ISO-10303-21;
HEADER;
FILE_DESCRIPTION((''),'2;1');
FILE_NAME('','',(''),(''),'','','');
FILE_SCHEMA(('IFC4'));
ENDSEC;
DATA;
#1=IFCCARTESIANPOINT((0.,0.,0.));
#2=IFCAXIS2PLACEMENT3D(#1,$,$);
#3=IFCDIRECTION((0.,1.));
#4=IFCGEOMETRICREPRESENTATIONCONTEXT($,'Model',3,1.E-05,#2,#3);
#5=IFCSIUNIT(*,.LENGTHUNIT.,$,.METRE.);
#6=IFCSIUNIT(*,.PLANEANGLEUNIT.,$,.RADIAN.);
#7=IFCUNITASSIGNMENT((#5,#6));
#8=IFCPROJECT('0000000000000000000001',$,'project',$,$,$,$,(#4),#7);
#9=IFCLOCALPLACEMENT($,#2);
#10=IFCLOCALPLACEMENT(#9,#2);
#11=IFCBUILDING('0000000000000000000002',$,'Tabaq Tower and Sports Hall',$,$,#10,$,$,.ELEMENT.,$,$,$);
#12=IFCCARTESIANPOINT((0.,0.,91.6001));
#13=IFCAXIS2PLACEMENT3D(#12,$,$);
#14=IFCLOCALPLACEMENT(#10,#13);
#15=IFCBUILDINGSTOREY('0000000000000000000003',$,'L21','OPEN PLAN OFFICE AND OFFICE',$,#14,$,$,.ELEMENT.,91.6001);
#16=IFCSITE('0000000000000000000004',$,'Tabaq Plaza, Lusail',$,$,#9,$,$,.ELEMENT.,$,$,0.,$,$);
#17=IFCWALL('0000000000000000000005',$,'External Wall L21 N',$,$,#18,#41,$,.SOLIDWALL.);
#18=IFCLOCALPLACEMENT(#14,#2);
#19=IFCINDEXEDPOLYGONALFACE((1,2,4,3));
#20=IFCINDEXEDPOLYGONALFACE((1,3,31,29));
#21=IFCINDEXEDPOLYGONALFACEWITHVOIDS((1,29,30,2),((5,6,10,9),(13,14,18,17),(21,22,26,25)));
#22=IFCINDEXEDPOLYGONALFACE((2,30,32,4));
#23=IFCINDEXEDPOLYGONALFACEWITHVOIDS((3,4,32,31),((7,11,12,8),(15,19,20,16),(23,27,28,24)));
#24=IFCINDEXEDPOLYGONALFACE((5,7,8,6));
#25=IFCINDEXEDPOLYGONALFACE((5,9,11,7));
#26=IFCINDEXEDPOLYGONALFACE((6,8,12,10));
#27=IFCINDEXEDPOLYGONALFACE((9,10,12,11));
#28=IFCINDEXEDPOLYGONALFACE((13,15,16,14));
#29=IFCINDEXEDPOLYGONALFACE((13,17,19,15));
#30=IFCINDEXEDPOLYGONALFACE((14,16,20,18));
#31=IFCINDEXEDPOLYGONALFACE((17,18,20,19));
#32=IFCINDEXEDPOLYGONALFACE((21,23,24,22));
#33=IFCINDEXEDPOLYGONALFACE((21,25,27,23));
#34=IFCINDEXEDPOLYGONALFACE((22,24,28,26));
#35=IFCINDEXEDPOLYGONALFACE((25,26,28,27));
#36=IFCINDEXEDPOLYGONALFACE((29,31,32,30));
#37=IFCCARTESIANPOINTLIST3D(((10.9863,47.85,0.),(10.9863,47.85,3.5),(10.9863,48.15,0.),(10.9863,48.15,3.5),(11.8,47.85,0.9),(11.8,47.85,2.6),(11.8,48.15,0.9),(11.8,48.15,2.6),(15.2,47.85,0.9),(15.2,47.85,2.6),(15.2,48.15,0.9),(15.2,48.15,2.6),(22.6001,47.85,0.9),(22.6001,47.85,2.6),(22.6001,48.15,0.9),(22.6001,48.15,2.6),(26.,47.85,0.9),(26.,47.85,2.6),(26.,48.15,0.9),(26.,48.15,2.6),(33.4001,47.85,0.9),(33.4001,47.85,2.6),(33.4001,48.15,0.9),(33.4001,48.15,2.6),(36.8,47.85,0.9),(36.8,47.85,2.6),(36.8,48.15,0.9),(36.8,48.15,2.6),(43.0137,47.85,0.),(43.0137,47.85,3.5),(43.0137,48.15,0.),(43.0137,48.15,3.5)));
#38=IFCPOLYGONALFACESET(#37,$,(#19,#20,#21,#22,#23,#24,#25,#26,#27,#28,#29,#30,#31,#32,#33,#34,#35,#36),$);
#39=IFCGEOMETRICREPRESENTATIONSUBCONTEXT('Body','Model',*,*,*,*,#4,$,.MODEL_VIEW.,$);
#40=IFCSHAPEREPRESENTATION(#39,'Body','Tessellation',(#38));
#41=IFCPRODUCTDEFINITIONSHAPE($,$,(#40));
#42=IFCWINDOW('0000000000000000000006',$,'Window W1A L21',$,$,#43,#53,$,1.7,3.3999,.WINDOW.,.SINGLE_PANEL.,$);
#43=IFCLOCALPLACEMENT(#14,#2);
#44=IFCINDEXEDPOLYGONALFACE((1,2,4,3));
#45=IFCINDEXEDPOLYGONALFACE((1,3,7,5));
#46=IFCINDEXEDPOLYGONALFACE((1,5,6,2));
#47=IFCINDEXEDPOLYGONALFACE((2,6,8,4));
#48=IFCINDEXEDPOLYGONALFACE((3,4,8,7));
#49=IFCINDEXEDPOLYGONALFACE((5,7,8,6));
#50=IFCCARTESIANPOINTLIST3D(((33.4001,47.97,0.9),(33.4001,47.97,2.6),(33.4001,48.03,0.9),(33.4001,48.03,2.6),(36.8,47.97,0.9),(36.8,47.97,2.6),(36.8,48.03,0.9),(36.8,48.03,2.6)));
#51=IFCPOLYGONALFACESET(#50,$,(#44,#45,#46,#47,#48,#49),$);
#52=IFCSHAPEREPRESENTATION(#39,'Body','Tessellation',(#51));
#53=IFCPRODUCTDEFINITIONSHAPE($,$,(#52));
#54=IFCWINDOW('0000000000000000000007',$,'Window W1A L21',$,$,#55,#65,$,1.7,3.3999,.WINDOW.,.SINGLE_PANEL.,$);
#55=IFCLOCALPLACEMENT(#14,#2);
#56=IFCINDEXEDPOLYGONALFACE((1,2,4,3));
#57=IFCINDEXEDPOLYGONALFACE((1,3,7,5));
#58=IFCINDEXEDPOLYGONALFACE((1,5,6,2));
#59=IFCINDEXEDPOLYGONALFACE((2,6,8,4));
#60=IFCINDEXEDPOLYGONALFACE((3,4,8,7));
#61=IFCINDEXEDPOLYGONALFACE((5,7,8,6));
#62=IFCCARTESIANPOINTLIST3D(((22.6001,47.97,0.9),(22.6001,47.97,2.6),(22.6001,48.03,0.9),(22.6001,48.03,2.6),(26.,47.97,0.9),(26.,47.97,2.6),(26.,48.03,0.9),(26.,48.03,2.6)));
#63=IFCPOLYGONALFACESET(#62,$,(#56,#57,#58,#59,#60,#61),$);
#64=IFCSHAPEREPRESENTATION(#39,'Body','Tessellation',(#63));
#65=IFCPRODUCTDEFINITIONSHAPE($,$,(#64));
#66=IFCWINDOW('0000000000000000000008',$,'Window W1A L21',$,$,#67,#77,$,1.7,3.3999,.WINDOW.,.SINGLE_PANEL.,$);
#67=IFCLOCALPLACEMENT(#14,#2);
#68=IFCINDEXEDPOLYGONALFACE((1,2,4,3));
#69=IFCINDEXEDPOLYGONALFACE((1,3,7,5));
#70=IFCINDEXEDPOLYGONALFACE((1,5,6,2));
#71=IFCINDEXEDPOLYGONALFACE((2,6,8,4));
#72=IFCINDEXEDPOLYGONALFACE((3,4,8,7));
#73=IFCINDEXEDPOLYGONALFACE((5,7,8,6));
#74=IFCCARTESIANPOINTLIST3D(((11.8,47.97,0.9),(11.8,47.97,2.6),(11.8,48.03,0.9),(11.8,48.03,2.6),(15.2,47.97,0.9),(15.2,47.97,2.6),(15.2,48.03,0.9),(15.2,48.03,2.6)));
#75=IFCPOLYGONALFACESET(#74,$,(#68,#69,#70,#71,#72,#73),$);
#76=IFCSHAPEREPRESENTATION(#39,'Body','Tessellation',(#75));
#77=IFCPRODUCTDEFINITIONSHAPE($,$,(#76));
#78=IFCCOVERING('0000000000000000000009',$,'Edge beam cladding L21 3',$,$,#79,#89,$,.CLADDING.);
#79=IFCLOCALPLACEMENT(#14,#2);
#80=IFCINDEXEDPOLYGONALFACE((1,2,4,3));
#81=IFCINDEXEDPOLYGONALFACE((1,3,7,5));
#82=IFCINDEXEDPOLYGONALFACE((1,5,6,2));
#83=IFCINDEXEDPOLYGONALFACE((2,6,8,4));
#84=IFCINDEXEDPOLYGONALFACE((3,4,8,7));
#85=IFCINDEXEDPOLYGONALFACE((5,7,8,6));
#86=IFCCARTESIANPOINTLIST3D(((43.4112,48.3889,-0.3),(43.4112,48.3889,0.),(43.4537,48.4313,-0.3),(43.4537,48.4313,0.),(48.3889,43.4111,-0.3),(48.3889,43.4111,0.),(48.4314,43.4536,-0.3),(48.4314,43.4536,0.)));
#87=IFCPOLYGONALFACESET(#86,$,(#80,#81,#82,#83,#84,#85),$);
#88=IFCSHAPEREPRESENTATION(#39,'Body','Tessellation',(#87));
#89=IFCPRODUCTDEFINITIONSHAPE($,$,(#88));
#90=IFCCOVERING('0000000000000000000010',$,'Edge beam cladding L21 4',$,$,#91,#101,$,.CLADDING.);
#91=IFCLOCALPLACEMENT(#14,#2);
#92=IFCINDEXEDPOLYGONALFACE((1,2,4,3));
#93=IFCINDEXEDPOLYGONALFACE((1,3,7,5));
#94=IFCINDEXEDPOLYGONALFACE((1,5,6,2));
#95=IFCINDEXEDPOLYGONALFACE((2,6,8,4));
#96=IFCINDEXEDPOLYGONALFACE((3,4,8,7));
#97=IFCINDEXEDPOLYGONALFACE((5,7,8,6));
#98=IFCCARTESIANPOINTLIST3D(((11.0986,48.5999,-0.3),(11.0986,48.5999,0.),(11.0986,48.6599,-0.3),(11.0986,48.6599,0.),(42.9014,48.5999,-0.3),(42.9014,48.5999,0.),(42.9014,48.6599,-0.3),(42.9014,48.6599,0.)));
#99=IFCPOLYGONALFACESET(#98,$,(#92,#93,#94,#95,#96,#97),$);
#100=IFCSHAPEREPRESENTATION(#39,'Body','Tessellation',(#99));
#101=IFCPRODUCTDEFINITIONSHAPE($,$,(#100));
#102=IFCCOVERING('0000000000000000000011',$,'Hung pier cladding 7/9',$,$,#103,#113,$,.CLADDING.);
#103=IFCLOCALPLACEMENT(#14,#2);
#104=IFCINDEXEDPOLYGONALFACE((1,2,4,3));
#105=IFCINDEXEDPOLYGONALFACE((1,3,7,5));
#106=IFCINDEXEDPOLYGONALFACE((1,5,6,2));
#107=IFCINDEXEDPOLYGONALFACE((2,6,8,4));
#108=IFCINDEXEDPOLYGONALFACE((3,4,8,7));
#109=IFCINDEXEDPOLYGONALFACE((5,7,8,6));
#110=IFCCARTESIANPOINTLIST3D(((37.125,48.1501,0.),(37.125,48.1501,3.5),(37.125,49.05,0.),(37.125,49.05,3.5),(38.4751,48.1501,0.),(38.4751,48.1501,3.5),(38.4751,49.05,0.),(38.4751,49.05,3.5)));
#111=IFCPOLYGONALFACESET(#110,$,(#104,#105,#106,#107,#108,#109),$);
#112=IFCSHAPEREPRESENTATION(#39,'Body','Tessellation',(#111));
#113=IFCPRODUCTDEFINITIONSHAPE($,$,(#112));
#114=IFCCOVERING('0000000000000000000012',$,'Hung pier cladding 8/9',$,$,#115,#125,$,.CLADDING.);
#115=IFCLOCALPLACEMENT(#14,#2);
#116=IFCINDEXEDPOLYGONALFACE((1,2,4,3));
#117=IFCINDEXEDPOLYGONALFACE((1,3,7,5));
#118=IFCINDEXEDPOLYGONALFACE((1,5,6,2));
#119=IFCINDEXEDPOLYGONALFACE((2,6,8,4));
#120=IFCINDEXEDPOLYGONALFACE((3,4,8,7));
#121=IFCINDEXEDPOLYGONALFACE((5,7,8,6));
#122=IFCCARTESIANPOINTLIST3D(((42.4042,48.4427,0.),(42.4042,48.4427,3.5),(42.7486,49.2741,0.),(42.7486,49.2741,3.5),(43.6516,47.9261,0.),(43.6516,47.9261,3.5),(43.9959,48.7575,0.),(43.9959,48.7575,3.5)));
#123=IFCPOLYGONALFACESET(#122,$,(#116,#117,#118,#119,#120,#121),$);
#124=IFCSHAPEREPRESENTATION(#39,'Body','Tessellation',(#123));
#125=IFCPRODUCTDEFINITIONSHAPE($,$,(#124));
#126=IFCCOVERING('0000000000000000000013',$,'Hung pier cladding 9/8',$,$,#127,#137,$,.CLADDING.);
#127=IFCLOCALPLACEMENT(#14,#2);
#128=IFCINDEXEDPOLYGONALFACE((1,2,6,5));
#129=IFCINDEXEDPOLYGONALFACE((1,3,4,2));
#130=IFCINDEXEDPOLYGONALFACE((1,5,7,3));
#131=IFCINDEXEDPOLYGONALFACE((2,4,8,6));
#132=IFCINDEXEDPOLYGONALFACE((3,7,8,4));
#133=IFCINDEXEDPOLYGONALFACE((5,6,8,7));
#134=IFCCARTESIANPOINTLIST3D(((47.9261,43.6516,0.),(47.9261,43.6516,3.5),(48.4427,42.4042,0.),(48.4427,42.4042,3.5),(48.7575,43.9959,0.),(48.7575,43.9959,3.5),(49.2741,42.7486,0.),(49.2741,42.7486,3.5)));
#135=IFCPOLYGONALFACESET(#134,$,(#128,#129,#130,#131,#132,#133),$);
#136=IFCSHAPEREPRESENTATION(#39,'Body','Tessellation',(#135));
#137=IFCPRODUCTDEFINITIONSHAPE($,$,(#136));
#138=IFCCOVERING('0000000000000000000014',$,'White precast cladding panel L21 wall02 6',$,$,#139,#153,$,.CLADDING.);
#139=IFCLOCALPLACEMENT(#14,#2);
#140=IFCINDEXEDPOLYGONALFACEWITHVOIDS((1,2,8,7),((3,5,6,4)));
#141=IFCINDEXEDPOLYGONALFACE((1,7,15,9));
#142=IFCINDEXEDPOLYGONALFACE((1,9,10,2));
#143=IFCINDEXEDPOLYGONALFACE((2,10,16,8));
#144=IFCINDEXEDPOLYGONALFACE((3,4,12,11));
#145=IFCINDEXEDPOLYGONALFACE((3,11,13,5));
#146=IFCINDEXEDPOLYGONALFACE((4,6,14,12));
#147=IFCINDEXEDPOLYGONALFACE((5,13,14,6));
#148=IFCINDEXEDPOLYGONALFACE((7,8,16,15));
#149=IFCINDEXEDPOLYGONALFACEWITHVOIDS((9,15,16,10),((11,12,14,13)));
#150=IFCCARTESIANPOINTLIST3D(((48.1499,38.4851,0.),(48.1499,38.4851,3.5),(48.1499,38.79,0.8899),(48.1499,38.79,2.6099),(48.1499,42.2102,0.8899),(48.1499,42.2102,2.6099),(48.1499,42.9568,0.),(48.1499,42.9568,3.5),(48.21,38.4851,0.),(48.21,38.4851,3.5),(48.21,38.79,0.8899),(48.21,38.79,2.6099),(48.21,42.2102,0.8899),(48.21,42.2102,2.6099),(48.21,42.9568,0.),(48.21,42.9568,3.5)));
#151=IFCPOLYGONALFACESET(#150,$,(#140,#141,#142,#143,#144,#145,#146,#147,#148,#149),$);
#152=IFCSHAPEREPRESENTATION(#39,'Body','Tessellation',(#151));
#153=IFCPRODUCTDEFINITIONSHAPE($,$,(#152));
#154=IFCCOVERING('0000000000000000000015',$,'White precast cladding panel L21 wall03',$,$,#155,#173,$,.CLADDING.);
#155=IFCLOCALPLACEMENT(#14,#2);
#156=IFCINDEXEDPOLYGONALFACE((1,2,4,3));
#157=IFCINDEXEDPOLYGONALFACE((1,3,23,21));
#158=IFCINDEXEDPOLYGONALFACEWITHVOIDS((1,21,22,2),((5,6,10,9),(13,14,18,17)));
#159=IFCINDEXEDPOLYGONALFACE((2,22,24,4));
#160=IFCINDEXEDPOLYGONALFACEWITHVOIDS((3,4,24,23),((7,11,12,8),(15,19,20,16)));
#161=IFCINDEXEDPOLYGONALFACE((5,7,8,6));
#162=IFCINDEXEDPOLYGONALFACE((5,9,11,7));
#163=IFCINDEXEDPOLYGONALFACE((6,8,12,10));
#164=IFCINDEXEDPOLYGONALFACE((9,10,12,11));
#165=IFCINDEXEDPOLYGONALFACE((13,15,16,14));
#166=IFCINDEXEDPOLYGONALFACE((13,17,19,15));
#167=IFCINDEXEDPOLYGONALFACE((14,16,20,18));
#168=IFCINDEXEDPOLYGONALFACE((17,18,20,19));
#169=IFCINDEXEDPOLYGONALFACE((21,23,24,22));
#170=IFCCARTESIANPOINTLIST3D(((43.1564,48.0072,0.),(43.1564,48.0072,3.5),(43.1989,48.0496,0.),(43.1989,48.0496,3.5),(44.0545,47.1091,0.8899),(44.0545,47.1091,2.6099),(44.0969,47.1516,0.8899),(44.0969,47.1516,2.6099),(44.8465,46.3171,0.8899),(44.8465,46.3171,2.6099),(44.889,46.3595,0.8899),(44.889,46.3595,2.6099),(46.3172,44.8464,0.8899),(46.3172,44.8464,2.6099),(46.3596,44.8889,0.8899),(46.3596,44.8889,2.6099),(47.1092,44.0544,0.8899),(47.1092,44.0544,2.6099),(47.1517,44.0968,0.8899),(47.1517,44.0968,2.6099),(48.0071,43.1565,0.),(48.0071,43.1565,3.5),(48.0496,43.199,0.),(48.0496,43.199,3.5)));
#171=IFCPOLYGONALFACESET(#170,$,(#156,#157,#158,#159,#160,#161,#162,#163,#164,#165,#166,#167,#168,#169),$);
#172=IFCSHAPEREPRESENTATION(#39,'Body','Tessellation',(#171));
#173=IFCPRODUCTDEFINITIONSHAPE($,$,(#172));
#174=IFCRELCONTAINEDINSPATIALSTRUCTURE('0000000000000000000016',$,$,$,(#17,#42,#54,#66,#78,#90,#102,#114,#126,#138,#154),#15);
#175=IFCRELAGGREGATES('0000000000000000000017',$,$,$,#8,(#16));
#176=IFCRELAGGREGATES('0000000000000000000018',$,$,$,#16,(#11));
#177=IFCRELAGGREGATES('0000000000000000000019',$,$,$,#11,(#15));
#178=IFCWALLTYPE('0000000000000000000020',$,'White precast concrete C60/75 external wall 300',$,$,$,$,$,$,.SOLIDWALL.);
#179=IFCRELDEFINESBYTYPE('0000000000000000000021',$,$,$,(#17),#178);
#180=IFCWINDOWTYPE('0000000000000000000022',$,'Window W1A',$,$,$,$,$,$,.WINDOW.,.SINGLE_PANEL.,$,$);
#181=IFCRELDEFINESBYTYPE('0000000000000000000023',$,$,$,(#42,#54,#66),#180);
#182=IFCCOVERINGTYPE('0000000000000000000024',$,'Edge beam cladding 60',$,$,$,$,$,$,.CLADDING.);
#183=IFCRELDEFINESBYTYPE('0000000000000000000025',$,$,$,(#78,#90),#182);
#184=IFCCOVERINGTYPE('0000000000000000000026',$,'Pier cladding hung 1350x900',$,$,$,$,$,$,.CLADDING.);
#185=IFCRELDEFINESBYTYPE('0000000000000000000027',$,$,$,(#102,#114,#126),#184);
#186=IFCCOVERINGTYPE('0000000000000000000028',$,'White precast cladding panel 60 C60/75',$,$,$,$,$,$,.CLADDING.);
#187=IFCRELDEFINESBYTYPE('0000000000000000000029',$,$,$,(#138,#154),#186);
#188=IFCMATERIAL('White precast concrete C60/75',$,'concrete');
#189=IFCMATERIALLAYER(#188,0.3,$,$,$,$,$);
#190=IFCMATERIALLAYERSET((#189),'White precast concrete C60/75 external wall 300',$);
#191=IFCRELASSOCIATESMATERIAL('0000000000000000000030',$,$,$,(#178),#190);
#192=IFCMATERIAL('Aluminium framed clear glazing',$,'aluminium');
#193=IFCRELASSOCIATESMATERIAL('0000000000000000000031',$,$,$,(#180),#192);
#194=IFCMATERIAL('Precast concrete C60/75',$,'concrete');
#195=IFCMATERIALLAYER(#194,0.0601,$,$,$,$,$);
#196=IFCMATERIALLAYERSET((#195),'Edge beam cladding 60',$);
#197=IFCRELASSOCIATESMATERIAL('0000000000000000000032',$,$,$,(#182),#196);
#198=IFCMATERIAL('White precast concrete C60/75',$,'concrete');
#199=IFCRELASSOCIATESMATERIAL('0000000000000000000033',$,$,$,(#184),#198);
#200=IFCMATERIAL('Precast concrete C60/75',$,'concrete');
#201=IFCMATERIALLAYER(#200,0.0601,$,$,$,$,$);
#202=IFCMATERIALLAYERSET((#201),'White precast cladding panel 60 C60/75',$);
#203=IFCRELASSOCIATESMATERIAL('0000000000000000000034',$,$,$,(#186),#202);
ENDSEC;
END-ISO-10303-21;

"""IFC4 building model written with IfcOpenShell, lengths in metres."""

from ifc_helpers import new_model, si_unit, direction, frame, frame_2d, origin, place, context, subcontext, project, spatial, polyline, rectangle, outline, extrude, material, layer, layer_set, type_object, element, fill, save


model = new_model("IFC4")

# Units and contexts
model_context = context("Model", 3, precision=1e-05, world=origin(), true_north=direction((0.0, 1.0)))
body_context = subcontext(model_context, "Body", "Model", "MODEL_VIEW")
ifc_project = project(units=[si_unit("LENGTHUNIT", "METRE"), si_unit("PLANEANGLEUNIT", "RADIAN")], contexts=[model_context])

# Site, building, storey
site_placement = place(None, origin())
site = spatial("IfcSite", under=ifc_project, at=site_placement, Name="Tabaq Plaza, Lusail", CompositionType="ELEMENT", RefElevation=0.0)
building_placement = place(site_placement, origin())
building = spatial("IfcBuilding", under=site, at=building_placement, Name="Tabaq Tower and Sports Hall", CompositionType="ELEMENT")
storey_placement = place(building_placement, frame((0.0, 0.0, 91.6001)))
storey = spatial("IfcBuildingStorey", under=building, at=storey_placement, Name="L21", Description="OPEN PLAN OFFICE AND OFFICE", CompositionType="ELEMENT", Elevation=91.6001)

# Wall, openings, windows
ifc_material_1 = material(Name="White precast concrete C60/75", Category="concrete")
ifc_layer_1 = layer(ifc_material_1, 0.3)
ifc_layer_set_1 = layer_set([ifc_layer_1], Name="White precast concrete C60/75 external wall 300")
wall_type_1 = type_object("IfcWallType", Name="White precast concrete C60/75 external wall 300", PredefinedType="SOLIDWALL", material=ifc_layer_set_1)
wall_1_placement = place(storey_placement, frame((43.0137, 48.0, 0.0), z_axis=(0.0, 0.0, 1.0), x_axis=(-1.0, 0.0, 0.0)))
wall_1 = element("IfcWall", 1, at=wall_1_placement, inside=storey, type_object=wall_type_1, Name="External Wall L21 N", PredefinedType="SOLIDWALL", context=body_context, shape_type="SweptSolid", body=[
    extrude(rectangle(XDim=32.0273, YDim=0.3, at=frame_2d((16.0137, 0.0))), origin(), (0.0, 0.0, 1.0), 3.5),
])
opening_1_placement = place(wall_1_placement, frame((6.2136, 0.0, 0.8999)))
opening_1 = element("IfcOpeningElement", 2, at=opening_1_placement, cuts=wall_1, PredefinedType="OPENING", context=body_context, shape_type="SweptSolid", body=[
    extrude(rectangle(XDim=3.3999, YDim=1.7, at=frame_2d((1.7, 0.8501))), frame((0.0, 0.1602, 0.0), z_axis=(0.0, -1.0, 0.0), x_axis=(1.0, 0.0, 0.0)), (0.0, 0.0, 1.0), 0.3201),
])
opening_2_placement = place(wall_1_placement, frame((17.0137, 0.0, 0.8999)))
opening_2 = element("IfcOpeningElement", 3, at=opening_2_placement, cuts=wall_1, PredefinedType="OPENING", context=body_context, shape_type="SweptSolid", body=[
    extrude(rectangle(XDim=3.3999, YDim=1.7, at=frame_2d((1.7, 0.8501))), frame((0.0, 0.1602, 0.0), z_axis=(0.0, -1.0, 0.0), x_axis=(1.0, 0.0, 0.0)), (0.0, 0.0, 1.0), 0.3201),
])
opening_3_placement = place(wall_1_placement, frame((27.8137, 0.0, 0.8999)))
opening_3 = element("IfcOpeningElement", 4, at=opening_3_placement, cuts=wall_1, PredefinedType="OPENING", context=body_context, shape_type="SweptSolid", body=[
    extrude(rectangle(XDim=3.3999, YDim=1.7, at=frame_2d((1.7, 0.8501))), frame((0.0, 0.1602, 0.0), z_axis=(0.0, -1.0, 0.0), x_axis=(1.0, 0.0, 0.0)), (0.0, 0.0, 1.0), 0.3201),
])
ifc_material_2 = material(Name="Aluminium framed clear glazing", Category="aluminium")
window_type_1 = type_object("IfcWindowType", Name="Window W1A", PartitioningType="SINGLE_PANEL", PredefinedType="WINDOW", material=ifc_material_2)
window_1_placement = place(opening_1_placement, origin())
window_1 = element("IfcWindow", 5, at=window_1_placement, inside=storey, type_object=window_type_1, Name="Window W1A L21", OverallHeight=1.7, OverallWidth=3.3999, PartitioningType="SINGLE_PANEL", PredefinedType="WINDOW", context=body_context, shape_type="SweptSolid", body=[
    extrude(rectangle(XDim=3.3999, YDim=1.7, at=frame_2d((1.7, 0.8501))), frame((0.0, 0.03, 0.0), z_axis=(0.0, -1.0, 0.0), x_axis=(1.0, 0.0, 0.0)), (0.0, 0.0, 1.0), 0.0601),
])
fill(opening_1, window_1)
window_2_placement = place(opening_2_placement, origin())
window_2 = element("IfcWindow", 6, at=window_2_placement, inside=storey, type_object=window_type_1, Name="Window W1A L21", OverallHeight=1.7, OverallWidth=3.3999, PartitioningType="SINGLE_PANEL", PredefinedType="WINDOW", context=body_context, shape_type="SweptSolid", body=[
    extrude(rectangle(XDim=3.3999, YDim=1.7, at=frame_2d((1.7, 0.8501))), frame((0.0, 0.03, 0.0), z_axis=(0.0, -1.0, 0.0), x_axis=(1.0, 0.0, 0.0)), (0.0, 0.0, 1.0), 0.0601),
])
fill(opening_2, window_2)
window_3_placement = place(opening_3_placement, origin())
window_3 = element("IfcWindow", 7, at=window_3_placement, inside=storey, type_object=window_type_1, Name="Window W1A L21", OverallHeight=1.7, OverallWidth=3.3999, PartitioningType="SINGLE_PANEL", PredefinedType="WINDOW", context=body_context, shape_type="SweptSolid", body=[
    extrude(rectangle(XDim=3.3999, YDim=1.7, at=frame_2d((1.7, 0.8501))), frame((0.0, 0.03, 0.0), z_axis=(0.0, -1.0, 0.0), x_axis=(1.0, 0.0, 0.0)), (0.0, 0.0, 1.0), 0.0601),
])
fill(opening_3, window_3)

# Coverings
ifc_material_3 = material(Name="Precast concrete C60/75", Category="concrete")
ifc_layer_2 = layer(ifc_material_3, 0.0601)
ifc_layer_set_2 = layer_set([ifc_layer_2], Name="Edge beam cladding 60")
covering_type_1 = type_object("IfcCoveringType", Name="Edge beam cladding 60", PredefinedType="CLADDING", material=ifc_layer_set_2)
covering_1_placement = place(storey_placement, frame((48.4102, 43.4324, -0.3), z_axis=(0.0, 0.0, 1.0), x_axis=(-0.707107, 0.707107, 0.0)))
element("IfcCovering", 8, at=covering_1_placement, inside=storey, type_object=covering_type_1, Name="Edge beam cladding L21 3", PredefinedType="CLADDING", context=body_context, shape_type="SweptSolid", body=[
    extrude(rectangle(XDim=7.0396, YDim=0.0601, at=frame_2d((3.5198, 0.0))), origin(), (0.0, 0.0, 1.0), 0.3),
])
covering_2_placement = place(storey_placement, frame((42.9014, 48.6299, -0.3), z_axis=(0.0, 0.0, 1.0), x_axis=(-1.0, 0.0, 0.0)))
element("IfcCovering", 9, at=covering_2_placement, inside=storey, type_object=covering_type_1, Name="Edge beam cladding L21 4", PredefinedType="CLADDING", context=body_context, shape_type="SweptSolid", body=[
    extrude(rectangle(XDim=31.8027, YDim=0.0601, at=frame_2d((15.9014, 0.0))), origin(), (0.0, 0.0, 1.0), 0.3),
])
ifc_material_4 = material(Name="White precast concrete C60/75", Category="concrete")
covering_type_2 = type_object("IfcCoveringType", Name="Pier cladding hung 1350x900", PredefinedType="CLADDING", material=ifc_material_4)
for number, where, z_axis, x_axis, name in (
    (10, (38.4751, 48.6001, 0.0), (0.0, 0.0, 1.0), (-1.0, 0.0, 0.0), "Hung pier cladding 7/9"),
    (11, (43.8237, 48.3418, 0.0), (0.0, 0.0, 1.0), (-0.923893, 0.38265, 0.0), "Hung pier cladding 8/9"),
    (12, (48.8584, 42.5764, 0.0), (0.0, 0.0, 1.0), (-0.38265, 0.923893, 0.0), "Hung pier cladding 9/8"),
):
    element("IfcCovering", number, at=place(storey_placement, frame(where, z_axis=z_axis, x_axis=x_axis)), inside=storey, type_object=covering_type_2, Name=name, PredefinedType="CLADDING", context=body_context, shape_type="SweptSolid", body=[
        extrude(rectangle(XDim=1.3501, YDim=0.8999, at=frame_2d((0.675, 0.0))), origin(), (0.0, 0.0, 1.0), 3.5),
    ])
ifc_material_5 = material(Name="Precast concrete C60/75", Category="concrete")
ifc_layer_3 = layer(ifc_material_5, 0.0601)
ifc_layer_set_3 = layer_set([ifc_layer_3], Name="White precast cladding panel 60 C60/75")
covering_type_3 = type_object("IfcCoveringType", Name="White precast cladding panel 60 C60/75", PredefinedType="CLADDING", material=ifc_layer_set_3)
covering_3_placement = place(storey_placement, frame((48.1799, 38.4851, 0.0), z_axis=(0.0, 0.0, 1.0), x_axis=(0.0, 1.0, 0.0)))
element("IfcCovering", 13, at=covering_3_placement, inside=storey, type_object=covering_type_3, Name="White precast cladding panel L21 wall02 6", PredefinedType="CLADDING", context=body_context, shape_type="SweptSolid", body=[
    extrude(outline(polyline([(0.0, 0.0), (4.4717, 0.0), (4.4717, 3.5), (0.0, 3.5), (0.0, 0.0)]), holes=[polyline([(0.3049, 0.8899), (0.3049, 2.6099), (3.7251, 2.6099), (3.7251, 0.8899), (0.3049, 0.8899)])]), frame((0.0, 0.03, 0.0), z_axis=(0.0, -1.0, 0.0), x_axis=(1.0, 0.0, 0.0)), (0.0, 0.0, 1.0), 0.0601),
])
covering_4_placement = place(storey_placement, frame((48.0283, 43.1777, 0.0), z_axis=(0.0, 0.0, 1.0), x_axis=(-0.707107, 0.707107, 0.0)))
element("IfcCovering", 14, at=covering_4_placement, inside=storey, type_object=covering_type_3, Name="White precast cladding panel L21 wall03", PredefinedType="CLADDING", context=body_context, shape_type="SweptSolid", body=[
    extrude(outline(polyline([(0.0, 0.0), (6.8599, 0.0), (6.8599, 3.5), (0.0, 3.5), (0.0, 0.0)]), holes=[polyline([(1.2698, 2.6099), (2.3899, 2.6099), (2.3899, 0.8899), (1.2698, 0.8899), (1.2698, 2.6099)]), polyline([(4.4697, 2.6099), (5.5898, 2.6099), (5.5898, 0.8899), (4.4697, 0.8899), (4.4697, 2.6099)])]), frame((0.0, 0.03, 0.0), z_axis=(0.0, -1.0, 0.0), x_axis=(1.0, 0.0, 0.0)), (0.0, 0.0, 1.0), 0.0601),
])

save(model, "model.ifc")
